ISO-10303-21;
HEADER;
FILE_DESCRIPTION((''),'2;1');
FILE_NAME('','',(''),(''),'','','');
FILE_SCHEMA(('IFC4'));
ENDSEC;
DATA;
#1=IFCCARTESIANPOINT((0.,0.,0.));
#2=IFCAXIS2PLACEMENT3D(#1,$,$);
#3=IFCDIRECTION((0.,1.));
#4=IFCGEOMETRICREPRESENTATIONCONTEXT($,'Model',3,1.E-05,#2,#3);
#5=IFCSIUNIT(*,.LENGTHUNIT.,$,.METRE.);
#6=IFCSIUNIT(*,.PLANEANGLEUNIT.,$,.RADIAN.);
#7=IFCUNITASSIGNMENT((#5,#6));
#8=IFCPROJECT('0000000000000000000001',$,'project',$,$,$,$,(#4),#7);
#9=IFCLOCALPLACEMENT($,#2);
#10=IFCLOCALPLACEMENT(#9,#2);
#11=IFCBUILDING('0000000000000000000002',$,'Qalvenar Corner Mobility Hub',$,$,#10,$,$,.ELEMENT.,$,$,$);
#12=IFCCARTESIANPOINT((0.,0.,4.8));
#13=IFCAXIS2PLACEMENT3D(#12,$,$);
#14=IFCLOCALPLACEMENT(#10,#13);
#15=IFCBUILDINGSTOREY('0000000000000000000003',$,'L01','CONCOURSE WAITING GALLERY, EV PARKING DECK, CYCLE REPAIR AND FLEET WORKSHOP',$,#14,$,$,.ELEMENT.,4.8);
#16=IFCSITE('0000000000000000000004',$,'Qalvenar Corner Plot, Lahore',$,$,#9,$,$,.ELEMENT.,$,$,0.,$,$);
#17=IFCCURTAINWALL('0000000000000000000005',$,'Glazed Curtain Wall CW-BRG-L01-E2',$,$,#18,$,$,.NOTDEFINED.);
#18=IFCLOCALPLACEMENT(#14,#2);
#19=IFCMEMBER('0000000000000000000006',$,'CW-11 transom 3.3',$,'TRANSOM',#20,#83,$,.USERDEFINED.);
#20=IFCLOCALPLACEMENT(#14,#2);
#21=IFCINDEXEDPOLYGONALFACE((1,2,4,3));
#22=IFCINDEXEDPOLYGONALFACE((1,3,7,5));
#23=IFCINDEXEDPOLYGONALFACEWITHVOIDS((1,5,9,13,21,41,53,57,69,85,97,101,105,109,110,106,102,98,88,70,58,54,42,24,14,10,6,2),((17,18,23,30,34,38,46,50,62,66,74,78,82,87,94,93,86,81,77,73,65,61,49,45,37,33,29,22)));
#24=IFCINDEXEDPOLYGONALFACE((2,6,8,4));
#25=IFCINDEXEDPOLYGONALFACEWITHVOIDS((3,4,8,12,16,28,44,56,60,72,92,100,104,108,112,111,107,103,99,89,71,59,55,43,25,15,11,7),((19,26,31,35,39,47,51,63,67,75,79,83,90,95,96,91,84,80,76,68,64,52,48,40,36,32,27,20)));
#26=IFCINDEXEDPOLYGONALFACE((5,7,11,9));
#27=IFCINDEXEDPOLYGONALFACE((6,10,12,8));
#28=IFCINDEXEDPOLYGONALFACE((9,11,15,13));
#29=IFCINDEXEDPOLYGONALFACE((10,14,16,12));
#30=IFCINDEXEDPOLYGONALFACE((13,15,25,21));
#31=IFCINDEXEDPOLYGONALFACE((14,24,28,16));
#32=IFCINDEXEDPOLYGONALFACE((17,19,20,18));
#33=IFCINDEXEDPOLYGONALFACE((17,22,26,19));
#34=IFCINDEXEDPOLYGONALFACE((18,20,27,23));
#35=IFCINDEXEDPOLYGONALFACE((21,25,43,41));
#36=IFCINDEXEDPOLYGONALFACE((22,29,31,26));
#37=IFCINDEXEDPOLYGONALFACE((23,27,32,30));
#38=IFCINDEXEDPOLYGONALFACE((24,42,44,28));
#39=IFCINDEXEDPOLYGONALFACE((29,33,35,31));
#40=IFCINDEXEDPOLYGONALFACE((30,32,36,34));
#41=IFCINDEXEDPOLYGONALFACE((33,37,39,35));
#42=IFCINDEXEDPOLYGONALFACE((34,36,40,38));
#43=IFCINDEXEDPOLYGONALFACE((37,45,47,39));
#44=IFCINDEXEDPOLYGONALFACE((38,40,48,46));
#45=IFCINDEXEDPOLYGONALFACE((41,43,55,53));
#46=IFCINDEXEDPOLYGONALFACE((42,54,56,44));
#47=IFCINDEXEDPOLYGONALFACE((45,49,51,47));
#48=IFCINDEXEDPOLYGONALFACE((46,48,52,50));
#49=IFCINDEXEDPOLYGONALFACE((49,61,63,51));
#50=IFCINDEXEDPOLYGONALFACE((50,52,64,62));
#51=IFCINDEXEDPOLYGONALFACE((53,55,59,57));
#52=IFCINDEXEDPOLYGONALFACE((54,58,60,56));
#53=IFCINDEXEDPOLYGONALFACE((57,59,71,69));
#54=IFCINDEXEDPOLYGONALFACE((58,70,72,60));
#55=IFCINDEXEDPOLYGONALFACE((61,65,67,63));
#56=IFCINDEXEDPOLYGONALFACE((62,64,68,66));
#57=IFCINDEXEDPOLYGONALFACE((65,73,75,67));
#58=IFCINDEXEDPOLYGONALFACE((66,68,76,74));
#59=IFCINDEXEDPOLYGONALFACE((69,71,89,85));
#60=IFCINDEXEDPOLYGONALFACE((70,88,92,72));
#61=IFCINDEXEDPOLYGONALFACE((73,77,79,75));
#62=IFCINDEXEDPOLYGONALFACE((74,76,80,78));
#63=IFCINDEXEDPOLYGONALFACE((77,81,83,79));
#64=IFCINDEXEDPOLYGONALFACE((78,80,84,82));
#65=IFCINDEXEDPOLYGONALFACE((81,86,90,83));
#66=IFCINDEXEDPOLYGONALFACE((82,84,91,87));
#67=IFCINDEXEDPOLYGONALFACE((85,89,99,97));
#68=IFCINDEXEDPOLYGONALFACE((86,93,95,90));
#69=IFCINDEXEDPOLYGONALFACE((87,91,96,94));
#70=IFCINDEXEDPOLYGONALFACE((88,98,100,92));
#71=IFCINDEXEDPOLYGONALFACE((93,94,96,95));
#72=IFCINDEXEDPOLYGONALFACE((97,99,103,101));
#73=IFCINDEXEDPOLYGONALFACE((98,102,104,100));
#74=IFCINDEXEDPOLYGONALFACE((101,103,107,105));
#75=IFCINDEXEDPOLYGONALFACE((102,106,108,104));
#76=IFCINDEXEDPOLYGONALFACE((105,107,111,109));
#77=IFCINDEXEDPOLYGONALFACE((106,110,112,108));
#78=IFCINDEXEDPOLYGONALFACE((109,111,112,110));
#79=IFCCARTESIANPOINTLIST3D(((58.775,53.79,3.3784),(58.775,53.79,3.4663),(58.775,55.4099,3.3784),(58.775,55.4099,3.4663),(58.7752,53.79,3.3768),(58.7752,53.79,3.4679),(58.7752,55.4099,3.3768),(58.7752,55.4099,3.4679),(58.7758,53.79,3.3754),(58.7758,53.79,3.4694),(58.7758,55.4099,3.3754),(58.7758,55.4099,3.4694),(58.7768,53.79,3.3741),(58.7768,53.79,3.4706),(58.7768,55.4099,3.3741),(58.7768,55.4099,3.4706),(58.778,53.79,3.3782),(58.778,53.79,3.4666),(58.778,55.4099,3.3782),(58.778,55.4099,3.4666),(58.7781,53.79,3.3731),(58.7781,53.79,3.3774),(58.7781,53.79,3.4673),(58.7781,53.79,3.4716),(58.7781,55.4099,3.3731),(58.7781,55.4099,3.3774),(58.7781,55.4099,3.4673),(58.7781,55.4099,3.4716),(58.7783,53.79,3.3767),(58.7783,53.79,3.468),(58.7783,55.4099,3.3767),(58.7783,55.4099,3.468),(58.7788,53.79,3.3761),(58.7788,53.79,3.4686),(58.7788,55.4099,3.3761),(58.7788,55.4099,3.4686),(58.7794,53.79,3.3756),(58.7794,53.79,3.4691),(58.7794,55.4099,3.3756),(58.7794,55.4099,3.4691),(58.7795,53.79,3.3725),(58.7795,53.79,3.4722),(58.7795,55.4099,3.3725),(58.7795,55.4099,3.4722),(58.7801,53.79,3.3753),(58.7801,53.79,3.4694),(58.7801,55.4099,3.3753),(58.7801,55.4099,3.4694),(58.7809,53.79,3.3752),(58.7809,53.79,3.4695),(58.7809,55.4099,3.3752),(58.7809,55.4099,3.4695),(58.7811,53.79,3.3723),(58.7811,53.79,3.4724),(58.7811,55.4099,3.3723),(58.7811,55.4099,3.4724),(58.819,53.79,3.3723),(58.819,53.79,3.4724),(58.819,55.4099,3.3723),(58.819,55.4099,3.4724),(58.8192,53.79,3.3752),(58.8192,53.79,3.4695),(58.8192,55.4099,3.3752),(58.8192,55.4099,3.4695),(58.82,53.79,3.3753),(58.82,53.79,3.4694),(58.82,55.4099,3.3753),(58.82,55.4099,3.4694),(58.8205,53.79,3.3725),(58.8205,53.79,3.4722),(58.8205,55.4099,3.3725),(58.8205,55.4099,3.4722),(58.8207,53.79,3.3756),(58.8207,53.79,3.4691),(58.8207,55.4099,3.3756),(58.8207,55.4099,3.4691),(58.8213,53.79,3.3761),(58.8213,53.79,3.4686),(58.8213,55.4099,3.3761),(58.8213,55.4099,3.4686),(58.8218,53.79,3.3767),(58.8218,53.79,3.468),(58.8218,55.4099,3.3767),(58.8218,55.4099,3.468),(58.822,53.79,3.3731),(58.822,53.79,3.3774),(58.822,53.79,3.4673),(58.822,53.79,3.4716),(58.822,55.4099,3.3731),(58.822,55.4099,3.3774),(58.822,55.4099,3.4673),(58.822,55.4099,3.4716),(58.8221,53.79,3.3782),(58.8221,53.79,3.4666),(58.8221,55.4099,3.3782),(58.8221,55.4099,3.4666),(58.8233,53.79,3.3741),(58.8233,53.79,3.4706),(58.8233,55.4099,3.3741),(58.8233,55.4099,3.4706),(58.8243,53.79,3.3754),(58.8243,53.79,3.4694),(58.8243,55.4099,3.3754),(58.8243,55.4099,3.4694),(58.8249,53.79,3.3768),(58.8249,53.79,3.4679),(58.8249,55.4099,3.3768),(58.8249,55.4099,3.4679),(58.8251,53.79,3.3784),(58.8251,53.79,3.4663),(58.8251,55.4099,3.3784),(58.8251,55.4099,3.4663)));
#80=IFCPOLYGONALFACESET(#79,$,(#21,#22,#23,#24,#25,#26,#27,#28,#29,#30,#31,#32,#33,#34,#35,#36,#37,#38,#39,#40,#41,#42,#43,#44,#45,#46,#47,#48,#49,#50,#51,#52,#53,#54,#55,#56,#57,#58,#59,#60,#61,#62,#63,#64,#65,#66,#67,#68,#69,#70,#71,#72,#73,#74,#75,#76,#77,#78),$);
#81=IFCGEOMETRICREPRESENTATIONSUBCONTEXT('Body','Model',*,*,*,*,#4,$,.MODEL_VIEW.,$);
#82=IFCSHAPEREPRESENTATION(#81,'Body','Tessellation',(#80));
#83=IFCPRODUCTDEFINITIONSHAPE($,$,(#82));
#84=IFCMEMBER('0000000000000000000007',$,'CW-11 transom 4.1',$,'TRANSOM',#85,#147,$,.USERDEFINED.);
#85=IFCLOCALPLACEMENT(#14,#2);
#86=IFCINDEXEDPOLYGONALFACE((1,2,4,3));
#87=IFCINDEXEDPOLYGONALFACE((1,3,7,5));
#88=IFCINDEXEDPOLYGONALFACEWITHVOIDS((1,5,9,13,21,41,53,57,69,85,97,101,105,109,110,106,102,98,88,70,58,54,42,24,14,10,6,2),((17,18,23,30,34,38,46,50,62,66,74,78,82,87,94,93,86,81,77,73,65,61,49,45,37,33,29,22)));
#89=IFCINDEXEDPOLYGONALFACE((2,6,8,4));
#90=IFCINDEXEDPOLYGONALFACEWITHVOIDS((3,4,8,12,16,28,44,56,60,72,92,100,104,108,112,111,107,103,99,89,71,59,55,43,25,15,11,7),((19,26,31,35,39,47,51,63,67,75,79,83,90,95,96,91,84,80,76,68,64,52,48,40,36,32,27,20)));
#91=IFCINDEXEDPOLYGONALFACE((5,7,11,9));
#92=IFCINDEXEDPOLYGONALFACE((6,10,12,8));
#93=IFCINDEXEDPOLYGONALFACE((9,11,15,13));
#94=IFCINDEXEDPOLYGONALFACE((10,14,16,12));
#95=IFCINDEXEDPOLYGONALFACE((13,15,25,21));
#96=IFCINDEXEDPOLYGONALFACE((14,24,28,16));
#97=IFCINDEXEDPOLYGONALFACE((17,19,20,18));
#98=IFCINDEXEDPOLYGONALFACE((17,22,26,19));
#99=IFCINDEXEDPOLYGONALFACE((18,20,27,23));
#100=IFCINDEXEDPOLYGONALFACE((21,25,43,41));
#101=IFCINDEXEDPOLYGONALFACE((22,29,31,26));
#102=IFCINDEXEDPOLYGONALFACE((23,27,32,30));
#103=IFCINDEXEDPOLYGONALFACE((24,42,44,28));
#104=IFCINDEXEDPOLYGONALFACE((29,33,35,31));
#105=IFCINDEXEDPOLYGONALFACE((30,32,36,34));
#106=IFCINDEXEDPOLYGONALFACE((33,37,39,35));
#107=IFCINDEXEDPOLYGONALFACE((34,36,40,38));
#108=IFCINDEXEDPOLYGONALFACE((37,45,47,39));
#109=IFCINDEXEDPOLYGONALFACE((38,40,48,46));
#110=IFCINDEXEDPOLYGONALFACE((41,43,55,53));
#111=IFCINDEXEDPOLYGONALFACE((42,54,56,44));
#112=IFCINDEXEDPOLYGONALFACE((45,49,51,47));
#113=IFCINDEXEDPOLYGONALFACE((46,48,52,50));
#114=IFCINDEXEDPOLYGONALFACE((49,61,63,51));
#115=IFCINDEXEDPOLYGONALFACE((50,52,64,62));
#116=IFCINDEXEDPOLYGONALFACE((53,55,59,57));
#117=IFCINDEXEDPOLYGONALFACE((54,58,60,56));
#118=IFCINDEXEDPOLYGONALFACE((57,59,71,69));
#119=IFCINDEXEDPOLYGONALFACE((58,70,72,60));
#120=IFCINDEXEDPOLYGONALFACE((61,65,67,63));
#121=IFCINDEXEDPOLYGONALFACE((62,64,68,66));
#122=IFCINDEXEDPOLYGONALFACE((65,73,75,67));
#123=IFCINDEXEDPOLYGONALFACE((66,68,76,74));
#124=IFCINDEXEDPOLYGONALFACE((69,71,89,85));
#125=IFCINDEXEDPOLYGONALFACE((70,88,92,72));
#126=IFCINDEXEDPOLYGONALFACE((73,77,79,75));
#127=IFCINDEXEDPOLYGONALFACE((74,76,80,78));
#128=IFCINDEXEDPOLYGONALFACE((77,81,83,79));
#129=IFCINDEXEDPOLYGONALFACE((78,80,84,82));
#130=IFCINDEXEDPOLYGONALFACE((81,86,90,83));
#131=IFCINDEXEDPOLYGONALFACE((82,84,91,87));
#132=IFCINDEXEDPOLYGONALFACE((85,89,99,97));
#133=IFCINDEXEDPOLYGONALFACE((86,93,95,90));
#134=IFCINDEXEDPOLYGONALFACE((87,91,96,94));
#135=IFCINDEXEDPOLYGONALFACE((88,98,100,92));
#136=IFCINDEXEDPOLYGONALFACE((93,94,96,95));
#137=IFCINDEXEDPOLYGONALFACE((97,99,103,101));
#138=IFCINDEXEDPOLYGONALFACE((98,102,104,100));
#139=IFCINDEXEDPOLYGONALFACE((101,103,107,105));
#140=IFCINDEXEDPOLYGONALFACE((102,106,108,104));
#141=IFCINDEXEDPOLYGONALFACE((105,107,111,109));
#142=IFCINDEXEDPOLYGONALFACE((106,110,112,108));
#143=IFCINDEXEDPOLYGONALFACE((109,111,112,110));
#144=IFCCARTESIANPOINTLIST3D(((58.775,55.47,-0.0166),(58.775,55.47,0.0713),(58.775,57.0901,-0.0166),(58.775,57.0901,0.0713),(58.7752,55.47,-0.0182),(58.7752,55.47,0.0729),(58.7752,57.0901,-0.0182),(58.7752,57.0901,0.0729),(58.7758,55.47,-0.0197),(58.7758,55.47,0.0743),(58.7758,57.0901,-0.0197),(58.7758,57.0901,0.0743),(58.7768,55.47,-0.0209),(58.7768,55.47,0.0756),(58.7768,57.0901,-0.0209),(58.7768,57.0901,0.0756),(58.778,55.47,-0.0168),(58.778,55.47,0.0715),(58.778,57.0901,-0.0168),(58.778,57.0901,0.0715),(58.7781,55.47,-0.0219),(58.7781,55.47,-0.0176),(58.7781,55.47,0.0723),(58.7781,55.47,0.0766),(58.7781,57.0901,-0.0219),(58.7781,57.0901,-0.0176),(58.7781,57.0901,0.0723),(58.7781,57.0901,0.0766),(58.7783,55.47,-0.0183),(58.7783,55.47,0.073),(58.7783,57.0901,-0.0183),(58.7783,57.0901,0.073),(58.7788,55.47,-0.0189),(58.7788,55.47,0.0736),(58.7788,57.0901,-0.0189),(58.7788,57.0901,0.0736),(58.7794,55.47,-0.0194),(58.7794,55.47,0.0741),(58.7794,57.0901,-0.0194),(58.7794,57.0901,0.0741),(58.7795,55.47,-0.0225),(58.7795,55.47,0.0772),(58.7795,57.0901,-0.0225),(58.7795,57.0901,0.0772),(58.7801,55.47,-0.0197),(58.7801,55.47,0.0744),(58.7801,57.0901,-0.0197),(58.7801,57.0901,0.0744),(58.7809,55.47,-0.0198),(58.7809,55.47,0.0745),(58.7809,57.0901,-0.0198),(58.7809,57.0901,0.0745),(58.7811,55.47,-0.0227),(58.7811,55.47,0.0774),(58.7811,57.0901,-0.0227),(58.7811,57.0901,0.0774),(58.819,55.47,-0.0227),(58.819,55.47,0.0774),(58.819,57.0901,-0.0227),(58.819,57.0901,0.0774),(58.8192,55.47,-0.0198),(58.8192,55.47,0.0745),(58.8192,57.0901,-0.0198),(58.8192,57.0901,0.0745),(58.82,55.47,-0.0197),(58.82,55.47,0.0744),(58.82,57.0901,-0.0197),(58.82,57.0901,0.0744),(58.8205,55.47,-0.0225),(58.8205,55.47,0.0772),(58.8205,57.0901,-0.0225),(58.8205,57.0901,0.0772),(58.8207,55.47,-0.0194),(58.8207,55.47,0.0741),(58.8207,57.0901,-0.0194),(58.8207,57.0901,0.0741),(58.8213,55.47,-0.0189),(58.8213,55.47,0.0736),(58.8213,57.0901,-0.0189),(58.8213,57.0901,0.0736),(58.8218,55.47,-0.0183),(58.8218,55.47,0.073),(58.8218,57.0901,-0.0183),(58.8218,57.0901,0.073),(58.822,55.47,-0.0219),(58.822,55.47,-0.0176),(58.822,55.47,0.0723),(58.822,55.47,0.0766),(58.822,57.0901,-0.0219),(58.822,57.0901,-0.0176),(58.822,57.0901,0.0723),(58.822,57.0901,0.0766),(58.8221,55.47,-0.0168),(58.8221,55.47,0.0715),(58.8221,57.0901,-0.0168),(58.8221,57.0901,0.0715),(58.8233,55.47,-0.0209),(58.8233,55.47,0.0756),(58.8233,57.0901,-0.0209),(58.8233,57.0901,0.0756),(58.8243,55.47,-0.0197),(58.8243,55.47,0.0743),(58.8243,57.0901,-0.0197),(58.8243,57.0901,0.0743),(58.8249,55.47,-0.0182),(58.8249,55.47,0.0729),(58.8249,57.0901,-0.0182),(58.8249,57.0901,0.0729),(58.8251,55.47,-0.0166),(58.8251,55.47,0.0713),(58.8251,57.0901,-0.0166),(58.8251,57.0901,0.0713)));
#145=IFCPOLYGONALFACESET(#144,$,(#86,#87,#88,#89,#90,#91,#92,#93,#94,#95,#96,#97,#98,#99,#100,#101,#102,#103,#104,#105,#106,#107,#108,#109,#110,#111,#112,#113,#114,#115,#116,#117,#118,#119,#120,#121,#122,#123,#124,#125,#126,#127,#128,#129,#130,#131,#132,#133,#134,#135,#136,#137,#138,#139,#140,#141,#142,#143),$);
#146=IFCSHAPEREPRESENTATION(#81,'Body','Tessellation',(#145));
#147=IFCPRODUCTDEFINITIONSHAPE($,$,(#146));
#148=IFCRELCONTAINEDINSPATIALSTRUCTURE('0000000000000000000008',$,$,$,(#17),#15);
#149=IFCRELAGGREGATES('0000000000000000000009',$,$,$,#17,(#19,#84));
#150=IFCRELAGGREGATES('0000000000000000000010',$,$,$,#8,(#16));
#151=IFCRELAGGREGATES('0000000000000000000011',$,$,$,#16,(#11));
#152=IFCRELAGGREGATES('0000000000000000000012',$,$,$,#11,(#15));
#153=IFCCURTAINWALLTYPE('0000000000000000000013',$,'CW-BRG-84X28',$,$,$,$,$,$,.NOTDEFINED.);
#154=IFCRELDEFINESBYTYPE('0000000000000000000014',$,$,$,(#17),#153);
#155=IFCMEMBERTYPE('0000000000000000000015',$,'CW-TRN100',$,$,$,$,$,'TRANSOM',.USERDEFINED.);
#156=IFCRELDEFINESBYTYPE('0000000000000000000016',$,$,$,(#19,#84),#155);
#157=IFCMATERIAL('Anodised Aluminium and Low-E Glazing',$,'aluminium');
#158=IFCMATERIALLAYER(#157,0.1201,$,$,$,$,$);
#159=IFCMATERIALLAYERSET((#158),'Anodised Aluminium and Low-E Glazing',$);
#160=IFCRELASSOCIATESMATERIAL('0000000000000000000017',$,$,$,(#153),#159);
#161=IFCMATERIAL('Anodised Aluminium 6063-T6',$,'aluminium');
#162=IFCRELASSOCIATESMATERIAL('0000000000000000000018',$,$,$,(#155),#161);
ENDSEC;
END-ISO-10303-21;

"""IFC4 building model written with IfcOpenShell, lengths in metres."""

from ifc_helpers import new_model, si_unit, direction, frame, origin, origin_2d, place, context, subcontext, project, spatial, hollow_rectangle, extrude, material, layer, layer_set, material_profile, profile_set, type_object, element, aggregate, save


model = new_model("IFC4")

# Units and contexts
model_context = context("Model", 3, precision=1e-05, world=origin(), true_north=direction((0.0, 1.0)))
body_context = subcontext(model_context, "Body", "Model", "MODEL_VIEW")
ifc_project = project(units=[si_unit("LENGTHUNIT", "METRE"), si_unit("PLANEANGLEUNIT", "RADIAN")], contexts=[model_context])

# Site, building, storey
site_placement = place(None, origin())
site = spatial("IfcSite", under=ifc_project, at=site_placement, Name="Qalvenar Corner Plot, Lahore", CompositionType="ELEMENT", RefElevation=0.0)
building_placement = place(site_placement, origin())
building = spatial("IfcBuilding", under=site, at=building_placement, Name="Qalvenar Corner Mobility Hub", CompositionType="ELEMENT")
storey_placement = place(building_placement, frame((0.0, 0.0, 4.8)))
storey = spatial("IfcBuildingStorey", under=building, at=storey_placement, Name="L01", Description="CONCOURSE WAITING GALLERY, EV PARKING DECK, CYCLE REPAIR AND FLEET WORKSHOP", CompositionType="ELEMENT", Elevation=4.8)

# Curtain wall, members
ifc_material_1 = material(Name="Anodised Aluminium and Low-E Glazing", Category="aluminium")
ifc_layer_1 = layer(ifc_material_1, 0.1201)
ifc_layer_set_1 = layer_set([ifc_layer_1], Name="Anodised Aluminium and Low-E Glazing")
curtain_wall_type = type_object("IfcCurtainWallType", Name="CW-BRG-84X28", PredefinedType="NOTDEFINED", material=ifc_layer_set_1)
curtain_wall_placement = place(storey_placement, origin())
curtain_wall = element("IfcCurtainWall", 1, at=curtain_wall_placement, inside=storey, type_object=curtain_wall_type, Name="Glazed Curtain Wall CW-BRG-L01-E2", PredefinedType="NOTDEFINED")
ifc_material_2 = material(Name="Anodised Aluminium 6063-T6", Category="aluminium")
ifc_material_profile_1 = material_profile(ifc_material_2, hollow_rectangle(XDim=0.05, YDim=0.1001, WallThickness=0.0029, InnerFilletRadius=0.0029, OuterFilletRadius=0.0061, at=origin_2d()), Name="RHS100x50x3")
ifc_profile_set_1 = profile_set([ifc_material_profile_1], Name="Anodised Aluminium 6063-T6")
member_type_1 = type_object("IfcMemberType", Name="CW-TRN100", ElementType="TRANSOM", PredefinedType="USERDEFINED", material=ifc_profile_set_1)
member_1_placement = place(storey_placement, frame((58.8, 53.79, 3.4224), z_axis=(0.0, 1.0, 0.0), x_axis=(-1.0, 0.0, 0.0)))
member_1 = element("IfcMember", 2, at=member_1_placement, type_object=member_type_1, Name="CW-11 transom 3.3", ObjectType="TRANSOM", PredefinedType="USERDEFINED", context=body_context, shape_type="SweptSolid", body=[
    extrude(hollow_rectangle(XDim=0.05, YDim=0.1001, WallThickness=0.0029, InnerFilletRadius=0.0029, OuterFilletRadius=0.0061, at=origin_2d()), origin(), (0.0, 0.0, 1.0), 1.6199),
])
member_2_placement = place(storey_placement, frame((58.8, 55.47, 0.0273), z_axis=(0.0, 1.0, 0.0), x_axis=(-1.0, 0.0, 0.0)))
member_2 = element("IfcMember", 3, at=member_2_placement, type_object=member_type_1, Name="CW-11 transom 4.1", ObjectType="TRANSOM", PredefinedType="USERDEFINED", context=body_context, shape_type="SweptSolid", body=[
    extrude(hollow_rectangle(XDim=0.05, YDim=0.1001, WallThickness=0.0029, InnerFilletRadius=0.0029, OuterFilletRadius=0.0061, at=origin_2d()), origin(), (0.0, 0.0, 1.0), 1.6201),
])
aggregate(curtain_wall, [member_1, member_2])

save(model, "model.ifc")
